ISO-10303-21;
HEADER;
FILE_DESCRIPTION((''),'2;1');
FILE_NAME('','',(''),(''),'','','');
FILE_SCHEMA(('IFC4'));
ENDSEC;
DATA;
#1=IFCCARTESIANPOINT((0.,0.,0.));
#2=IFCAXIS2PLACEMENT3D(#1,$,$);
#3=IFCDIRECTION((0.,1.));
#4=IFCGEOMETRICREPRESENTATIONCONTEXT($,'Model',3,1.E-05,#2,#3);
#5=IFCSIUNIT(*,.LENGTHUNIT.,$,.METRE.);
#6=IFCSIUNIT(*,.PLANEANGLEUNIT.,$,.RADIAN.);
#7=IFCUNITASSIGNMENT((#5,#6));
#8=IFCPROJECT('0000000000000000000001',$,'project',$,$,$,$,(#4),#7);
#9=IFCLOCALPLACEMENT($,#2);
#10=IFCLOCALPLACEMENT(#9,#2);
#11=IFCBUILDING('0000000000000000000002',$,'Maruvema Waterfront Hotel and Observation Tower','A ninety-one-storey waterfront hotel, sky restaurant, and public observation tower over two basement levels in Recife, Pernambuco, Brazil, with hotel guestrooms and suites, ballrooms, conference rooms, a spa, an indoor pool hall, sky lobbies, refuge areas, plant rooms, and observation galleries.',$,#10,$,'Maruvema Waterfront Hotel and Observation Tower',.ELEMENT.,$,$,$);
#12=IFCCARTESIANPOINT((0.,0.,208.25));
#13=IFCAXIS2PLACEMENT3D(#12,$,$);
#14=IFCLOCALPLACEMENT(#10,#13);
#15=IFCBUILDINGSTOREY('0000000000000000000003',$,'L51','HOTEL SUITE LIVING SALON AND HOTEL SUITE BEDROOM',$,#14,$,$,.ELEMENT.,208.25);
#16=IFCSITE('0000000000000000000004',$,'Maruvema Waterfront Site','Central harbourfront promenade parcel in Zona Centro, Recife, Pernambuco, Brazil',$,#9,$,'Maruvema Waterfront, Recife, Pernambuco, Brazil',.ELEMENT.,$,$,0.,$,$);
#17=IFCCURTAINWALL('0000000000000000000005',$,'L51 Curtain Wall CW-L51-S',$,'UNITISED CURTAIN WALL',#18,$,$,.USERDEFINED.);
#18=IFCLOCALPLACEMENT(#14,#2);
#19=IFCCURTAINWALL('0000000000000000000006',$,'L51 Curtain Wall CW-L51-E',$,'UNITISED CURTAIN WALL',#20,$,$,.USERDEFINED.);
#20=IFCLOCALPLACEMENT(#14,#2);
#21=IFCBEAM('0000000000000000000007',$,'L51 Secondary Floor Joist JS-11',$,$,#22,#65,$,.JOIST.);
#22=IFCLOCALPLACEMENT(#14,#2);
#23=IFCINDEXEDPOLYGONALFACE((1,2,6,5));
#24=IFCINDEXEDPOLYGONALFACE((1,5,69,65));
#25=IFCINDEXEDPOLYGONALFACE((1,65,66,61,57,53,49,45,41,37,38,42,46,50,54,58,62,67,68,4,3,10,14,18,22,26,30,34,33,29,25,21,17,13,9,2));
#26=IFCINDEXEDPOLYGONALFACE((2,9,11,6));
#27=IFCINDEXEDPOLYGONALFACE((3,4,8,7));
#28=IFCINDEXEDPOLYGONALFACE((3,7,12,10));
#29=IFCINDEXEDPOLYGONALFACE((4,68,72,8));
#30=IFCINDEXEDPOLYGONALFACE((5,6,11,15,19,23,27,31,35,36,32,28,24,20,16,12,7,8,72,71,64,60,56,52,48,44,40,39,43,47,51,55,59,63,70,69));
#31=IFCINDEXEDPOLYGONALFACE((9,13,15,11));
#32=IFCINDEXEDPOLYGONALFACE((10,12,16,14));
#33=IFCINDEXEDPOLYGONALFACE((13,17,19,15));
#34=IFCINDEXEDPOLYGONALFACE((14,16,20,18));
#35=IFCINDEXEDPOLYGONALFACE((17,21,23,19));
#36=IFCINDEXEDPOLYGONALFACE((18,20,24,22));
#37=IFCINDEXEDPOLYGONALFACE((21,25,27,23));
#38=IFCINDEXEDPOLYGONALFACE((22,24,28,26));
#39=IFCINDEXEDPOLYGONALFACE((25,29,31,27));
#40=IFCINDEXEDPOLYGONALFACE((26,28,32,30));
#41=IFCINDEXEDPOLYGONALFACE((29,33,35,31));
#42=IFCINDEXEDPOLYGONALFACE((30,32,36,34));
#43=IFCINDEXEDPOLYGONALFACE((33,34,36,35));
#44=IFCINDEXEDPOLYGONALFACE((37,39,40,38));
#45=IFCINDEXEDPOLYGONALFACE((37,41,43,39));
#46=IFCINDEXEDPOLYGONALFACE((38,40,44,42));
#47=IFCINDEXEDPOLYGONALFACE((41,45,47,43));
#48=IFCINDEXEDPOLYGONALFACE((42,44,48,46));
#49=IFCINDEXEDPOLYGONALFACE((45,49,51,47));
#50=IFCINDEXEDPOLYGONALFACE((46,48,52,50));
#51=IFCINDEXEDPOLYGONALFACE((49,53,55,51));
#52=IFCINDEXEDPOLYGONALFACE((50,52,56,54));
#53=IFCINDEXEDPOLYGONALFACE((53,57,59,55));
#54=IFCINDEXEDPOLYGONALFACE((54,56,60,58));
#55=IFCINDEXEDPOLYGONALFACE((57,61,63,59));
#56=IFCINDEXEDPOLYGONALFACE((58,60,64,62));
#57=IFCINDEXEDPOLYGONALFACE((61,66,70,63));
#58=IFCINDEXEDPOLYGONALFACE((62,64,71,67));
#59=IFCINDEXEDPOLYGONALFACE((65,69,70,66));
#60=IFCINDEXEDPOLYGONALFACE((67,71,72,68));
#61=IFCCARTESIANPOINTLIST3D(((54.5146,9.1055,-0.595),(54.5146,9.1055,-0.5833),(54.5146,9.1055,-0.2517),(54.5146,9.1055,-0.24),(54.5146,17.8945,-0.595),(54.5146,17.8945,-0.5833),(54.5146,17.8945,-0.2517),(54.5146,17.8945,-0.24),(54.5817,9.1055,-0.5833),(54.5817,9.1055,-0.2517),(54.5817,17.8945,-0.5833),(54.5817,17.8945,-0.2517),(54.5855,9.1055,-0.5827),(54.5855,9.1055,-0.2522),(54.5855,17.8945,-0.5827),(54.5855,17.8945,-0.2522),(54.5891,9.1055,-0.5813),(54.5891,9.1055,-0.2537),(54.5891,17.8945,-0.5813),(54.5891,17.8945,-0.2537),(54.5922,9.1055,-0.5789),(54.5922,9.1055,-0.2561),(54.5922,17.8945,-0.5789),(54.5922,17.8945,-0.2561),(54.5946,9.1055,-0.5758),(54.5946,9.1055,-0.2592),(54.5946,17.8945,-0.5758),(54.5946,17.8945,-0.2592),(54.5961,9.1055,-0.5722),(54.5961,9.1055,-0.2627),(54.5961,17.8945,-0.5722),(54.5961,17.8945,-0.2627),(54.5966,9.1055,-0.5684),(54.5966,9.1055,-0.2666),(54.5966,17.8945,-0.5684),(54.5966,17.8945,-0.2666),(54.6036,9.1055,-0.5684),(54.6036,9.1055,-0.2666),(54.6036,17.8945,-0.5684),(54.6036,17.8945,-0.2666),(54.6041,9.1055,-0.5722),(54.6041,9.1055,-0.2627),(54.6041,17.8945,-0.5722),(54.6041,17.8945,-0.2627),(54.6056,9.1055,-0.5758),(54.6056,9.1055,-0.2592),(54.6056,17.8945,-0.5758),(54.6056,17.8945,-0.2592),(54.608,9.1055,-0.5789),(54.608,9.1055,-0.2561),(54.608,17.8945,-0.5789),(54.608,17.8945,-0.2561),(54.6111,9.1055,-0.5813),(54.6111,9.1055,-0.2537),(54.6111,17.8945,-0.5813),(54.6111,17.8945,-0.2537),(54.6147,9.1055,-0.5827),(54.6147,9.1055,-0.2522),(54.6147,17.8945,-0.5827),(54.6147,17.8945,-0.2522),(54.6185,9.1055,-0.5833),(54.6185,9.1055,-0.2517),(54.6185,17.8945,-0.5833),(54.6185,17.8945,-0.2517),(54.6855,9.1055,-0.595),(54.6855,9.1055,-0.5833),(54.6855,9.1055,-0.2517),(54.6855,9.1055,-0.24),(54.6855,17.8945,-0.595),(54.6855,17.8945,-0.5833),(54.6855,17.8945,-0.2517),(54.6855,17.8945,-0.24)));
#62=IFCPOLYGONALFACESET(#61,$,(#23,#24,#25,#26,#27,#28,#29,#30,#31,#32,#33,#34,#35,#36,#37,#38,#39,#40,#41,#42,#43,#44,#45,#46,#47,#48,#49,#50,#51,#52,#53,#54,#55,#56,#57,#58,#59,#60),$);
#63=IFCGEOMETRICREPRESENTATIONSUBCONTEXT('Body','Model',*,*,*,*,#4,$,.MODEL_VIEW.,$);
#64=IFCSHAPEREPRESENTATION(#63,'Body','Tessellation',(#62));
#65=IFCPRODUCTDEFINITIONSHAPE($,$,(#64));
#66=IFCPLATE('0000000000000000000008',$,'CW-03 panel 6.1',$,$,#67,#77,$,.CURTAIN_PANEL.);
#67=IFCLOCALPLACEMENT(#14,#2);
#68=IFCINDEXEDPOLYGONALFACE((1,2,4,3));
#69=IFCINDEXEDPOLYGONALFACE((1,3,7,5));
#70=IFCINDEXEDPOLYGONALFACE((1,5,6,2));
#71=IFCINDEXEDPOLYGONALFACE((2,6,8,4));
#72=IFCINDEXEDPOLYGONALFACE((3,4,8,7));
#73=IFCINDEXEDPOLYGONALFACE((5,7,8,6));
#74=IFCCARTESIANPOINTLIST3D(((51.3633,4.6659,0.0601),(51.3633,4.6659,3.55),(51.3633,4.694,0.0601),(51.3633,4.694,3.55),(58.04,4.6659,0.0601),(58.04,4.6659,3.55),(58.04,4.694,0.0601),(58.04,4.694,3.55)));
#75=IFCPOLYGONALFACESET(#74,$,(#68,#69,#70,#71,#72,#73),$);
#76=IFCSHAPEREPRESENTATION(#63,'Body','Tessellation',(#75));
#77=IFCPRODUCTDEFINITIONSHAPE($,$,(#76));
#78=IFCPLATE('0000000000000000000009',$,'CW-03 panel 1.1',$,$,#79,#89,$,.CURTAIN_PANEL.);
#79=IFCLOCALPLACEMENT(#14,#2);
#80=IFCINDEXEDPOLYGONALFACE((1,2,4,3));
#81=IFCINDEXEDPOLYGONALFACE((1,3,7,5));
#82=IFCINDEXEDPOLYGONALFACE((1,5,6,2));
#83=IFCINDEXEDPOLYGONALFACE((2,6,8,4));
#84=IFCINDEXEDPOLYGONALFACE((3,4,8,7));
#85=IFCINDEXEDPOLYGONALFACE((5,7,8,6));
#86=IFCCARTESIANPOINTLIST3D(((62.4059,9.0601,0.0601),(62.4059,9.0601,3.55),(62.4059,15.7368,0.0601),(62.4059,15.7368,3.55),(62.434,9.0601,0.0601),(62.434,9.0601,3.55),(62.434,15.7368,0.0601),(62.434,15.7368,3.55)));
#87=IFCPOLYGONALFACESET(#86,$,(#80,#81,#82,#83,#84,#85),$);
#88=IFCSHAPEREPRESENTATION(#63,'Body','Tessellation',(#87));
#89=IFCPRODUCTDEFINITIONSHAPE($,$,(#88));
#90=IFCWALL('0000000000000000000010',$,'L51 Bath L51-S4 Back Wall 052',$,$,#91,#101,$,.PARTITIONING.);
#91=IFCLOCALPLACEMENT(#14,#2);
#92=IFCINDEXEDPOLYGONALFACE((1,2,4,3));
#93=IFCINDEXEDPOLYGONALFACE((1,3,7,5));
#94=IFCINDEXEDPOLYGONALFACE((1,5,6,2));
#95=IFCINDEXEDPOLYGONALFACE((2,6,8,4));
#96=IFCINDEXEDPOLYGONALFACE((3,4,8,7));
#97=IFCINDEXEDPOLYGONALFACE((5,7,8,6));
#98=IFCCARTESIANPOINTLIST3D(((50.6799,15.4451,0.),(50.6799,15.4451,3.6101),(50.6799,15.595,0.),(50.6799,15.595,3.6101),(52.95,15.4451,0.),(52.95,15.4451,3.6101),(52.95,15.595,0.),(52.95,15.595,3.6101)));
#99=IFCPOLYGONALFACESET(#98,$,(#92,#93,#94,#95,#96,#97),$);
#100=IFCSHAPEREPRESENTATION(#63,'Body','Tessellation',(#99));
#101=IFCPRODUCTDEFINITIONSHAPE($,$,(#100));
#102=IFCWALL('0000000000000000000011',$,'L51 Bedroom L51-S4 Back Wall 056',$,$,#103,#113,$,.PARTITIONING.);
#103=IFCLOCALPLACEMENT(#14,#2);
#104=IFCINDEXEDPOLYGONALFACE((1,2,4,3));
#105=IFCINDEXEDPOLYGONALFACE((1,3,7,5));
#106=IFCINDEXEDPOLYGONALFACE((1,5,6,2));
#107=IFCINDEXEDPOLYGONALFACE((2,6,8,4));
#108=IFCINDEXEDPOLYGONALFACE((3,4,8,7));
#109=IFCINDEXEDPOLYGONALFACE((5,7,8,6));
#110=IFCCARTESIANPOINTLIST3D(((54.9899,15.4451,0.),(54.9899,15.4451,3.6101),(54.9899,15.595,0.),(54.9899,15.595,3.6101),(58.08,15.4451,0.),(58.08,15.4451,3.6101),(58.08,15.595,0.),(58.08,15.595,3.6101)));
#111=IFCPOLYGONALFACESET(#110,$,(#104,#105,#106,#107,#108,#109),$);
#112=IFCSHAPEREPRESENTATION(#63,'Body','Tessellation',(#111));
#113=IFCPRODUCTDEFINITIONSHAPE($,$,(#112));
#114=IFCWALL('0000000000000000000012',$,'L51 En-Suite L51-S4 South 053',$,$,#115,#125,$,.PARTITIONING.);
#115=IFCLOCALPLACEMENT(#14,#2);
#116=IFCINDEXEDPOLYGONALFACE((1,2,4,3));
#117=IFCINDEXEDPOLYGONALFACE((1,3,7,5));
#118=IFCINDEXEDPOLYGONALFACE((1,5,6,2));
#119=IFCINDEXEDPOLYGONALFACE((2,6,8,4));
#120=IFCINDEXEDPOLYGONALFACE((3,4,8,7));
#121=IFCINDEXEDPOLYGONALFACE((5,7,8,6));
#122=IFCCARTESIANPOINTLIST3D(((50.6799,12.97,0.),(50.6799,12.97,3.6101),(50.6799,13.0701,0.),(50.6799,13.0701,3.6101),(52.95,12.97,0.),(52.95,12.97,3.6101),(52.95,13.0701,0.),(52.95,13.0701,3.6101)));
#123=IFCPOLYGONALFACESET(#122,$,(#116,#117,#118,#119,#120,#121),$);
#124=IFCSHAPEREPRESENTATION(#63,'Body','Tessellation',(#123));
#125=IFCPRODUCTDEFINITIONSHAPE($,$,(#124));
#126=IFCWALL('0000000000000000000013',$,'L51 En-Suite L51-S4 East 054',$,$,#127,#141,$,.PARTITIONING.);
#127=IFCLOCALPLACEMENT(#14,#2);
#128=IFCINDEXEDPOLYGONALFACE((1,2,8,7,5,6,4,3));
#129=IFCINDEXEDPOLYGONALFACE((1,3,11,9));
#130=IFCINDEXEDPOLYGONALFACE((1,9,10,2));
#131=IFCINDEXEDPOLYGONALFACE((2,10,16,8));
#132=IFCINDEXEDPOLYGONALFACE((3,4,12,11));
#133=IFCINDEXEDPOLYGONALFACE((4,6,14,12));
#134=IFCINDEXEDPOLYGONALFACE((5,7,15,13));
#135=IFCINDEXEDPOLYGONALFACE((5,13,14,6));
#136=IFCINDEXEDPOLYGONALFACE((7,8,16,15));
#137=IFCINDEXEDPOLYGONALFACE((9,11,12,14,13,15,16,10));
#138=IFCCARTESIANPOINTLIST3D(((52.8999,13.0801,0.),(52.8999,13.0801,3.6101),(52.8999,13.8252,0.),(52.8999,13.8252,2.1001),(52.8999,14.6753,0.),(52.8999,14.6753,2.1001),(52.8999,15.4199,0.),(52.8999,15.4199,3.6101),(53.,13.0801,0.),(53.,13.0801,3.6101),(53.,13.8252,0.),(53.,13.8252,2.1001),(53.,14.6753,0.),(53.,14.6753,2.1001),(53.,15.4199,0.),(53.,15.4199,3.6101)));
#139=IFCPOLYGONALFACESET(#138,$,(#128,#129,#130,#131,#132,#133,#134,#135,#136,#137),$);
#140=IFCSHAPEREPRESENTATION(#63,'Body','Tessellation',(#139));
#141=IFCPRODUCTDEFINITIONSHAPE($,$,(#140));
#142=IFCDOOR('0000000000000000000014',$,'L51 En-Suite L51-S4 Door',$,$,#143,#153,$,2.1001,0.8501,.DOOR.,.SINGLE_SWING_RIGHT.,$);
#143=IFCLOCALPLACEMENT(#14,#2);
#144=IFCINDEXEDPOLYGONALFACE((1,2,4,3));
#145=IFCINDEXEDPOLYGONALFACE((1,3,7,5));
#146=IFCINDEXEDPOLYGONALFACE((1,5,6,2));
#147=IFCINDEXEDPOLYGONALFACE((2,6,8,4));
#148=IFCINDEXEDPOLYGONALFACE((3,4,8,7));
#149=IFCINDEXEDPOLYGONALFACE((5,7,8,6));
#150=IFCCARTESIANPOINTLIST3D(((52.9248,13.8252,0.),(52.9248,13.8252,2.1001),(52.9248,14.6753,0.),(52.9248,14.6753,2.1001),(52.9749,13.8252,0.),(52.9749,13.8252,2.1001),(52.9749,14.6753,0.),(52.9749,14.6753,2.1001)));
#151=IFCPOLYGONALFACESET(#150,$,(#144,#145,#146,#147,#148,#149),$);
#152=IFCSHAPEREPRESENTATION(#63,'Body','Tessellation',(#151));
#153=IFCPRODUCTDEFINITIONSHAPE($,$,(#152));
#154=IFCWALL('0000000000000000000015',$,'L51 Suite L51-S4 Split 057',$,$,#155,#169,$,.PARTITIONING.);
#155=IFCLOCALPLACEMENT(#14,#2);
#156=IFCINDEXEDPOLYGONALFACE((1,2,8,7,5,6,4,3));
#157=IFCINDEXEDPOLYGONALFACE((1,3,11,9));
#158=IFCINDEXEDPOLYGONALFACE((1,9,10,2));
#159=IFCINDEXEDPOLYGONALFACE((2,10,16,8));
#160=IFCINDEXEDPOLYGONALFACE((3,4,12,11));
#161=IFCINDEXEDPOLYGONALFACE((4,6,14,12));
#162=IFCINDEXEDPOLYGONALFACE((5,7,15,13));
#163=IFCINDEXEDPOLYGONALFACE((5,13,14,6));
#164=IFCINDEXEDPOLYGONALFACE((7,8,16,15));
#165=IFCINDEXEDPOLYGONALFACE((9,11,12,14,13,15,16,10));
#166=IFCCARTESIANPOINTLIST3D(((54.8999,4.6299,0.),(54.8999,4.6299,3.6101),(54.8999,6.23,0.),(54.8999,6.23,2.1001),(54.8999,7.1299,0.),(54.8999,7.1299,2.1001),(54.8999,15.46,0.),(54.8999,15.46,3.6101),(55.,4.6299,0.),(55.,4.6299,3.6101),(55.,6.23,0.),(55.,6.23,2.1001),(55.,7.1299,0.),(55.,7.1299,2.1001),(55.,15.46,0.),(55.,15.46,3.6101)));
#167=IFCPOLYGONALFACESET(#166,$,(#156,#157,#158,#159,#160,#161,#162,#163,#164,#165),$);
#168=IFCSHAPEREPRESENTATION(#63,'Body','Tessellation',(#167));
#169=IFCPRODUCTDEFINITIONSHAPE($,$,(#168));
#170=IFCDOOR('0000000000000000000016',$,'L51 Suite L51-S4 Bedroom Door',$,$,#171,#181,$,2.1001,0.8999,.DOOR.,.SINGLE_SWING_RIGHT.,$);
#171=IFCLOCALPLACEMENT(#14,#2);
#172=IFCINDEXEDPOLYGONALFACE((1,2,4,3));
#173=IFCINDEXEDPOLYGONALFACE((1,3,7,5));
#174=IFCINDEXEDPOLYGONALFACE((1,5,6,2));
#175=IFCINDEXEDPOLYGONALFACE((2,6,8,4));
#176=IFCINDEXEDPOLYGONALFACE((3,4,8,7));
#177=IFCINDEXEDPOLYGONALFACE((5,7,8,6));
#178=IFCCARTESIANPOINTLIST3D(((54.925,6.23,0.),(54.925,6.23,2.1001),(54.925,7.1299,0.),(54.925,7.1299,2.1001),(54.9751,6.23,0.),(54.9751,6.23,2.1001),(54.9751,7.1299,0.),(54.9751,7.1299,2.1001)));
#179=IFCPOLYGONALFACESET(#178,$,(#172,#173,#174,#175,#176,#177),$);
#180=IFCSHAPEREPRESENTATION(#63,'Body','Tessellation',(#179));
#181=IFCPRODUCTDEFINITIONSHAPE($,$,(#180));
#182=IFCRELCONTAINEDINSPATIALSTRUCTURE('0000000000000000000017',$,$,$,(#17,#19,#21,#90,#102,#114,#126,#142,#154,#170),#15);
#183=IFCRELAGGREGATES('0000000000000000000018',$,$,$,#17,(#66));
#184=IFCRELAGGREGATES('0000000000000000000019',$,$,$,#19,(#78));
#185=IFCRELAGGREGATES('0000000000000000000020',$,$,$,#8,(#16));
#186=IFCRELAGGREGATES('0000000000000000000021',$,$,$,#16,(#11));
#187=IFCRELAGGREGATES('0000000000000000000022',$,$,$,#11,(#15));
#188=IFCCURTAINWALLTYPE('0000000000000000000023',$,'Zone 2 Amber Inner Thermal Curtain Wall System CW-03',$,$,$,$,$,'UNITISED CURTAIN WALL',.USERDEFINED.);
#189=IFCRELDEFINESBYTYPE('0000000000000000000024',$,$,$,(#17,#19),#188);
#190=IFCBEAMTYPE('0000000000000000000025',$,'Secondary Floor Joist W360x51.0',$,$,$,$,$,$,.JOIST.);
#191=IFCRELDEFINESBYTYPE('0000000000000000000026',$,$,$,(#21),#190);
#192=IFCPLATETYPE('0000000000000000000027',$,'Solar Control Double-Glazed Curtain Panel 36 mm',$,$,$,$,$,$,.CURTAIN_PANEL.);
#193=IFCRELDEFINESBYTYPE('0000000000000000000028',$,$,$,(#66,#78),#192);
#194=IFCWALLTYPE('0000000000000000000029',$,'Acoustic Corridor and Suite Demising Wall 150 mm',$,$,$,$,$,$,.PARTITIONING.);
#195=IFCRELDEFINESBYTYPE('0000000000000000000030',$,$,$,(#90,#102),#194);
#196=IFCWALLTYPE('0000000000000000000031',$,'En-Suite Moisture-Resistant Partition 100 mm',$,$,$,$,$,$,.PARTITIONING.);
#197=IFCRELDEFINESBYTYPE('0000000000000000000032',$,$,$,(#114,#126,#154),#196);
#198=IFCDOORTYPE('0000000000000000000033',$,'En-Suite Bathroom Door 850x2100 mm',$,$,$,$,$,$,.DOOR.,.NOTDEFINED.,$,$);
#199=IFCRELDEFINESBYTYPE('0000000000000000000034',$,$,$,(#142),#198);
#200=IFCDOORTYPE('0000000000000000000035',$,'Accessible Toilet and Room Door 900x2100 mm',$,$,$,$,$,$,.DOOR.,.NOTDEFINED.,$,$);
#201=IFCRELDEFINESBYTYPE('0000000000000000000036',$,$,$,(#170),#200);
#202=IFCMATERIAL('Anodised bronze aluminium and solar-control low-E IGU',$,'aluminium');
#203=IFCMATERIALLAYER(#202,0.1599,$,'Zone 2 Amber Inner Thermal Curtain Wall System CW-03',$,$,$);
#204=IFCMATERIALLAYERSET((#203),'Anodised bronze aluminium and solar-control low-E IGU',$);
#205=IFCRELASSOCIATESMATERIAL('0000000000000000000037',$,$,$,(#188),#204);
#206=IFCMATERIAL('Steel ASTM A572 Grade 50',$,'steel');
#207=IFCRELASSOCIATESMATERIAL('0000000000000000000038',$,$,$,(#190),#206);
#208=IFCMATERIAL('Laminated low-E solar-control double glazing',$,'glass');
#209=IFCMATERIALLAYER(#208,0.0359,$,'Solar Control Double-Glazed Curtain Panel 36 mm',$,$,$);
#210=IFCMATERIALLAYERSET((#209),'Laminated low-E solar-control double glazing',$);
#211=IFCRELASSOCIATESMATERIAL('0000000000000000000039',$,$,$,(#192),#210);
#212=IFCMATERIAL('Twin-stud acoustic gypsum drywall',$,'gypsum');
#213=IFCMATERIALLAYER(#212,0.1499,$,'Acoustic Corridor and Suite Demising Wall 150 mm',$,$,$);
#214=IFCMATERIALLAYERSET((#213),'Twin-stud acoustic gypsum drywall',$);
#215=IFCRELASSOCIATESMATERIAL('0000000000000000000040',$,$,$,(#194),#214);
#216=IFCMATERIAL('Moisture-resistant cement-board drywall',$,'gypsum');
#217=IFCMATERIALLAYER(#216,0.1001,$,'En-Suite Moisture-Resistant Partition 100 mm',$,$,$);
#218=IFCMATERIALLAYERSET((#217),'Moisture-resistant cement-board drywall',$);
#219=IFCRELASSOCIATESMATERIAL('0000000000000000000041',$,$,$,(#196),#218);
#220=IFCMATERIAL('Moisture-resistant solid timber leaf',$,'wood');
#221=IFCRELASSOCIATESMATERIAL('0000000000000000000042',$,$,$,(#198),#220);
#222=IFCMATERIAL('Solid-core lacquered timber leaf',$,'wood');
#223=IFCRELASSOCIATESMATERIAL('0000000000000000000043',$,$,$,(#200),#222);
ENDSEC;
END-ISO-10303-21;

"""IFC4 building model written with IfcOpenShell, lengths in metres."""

from ifc_helpers import new_model, si_unit, direction, frame, frame_2d, origin, origin_2d, place, context, subcontext, project, spatial, rectangle, i_section, extrude, material, layer, layer_set, material_profile, profile_set, type_object, element, fill, aggregate, save


model = new_model("IFC4")

# Units and contexts
model_context = context("Model", 3, precision=1e-05, world=origin(), true_north=direction((0.0, 1.0)))
body_context = subcontext(model_context, "Body", "Model", "MODEL_VIEW")
ifc_project = project(units=[si_unit("LENGTHUNIT", "METRE"), si_unit("PLANEANGLEUNIT", "RADIAN")], contexts=[model_context])

# Site, building, storey
site_placement = place(None, origin())
site = spatial("IfcSite", under=ifc_project, at=site_placement, Name="Maruvema Waterfront Site", Description="Central harbourfront promenade parcel in Zona Centro, Recife, Pernambuco, Brazil", LongName="Maruvema Waterfront, Recife, Pernambuco, Brazil", CompositionType="ELEMENT", RefElevation=0.0)
building_placement = place(site_placement, origin())
building = spatial("IfcBuilding", under=site, at=building_placement, Name="Maruvema Waterfront Hotel and Observation Tower", Description="A ninety-one-storey waterfront hotel, sky restaurant, and public observation tower over two basement levels in Recife, Pernambuco, Brazil, with hotel guestrooms and suites, ballrooms, conference rooms, a spa, an indoor pool hall, sky lobbies, refuge areas, plant rooms, and observation galleries.", LongName="Maruvema Waterfront Hotel and Observation Tower", CompositionType="ELEMENT")
storey_placement = place(building_placement, frame((0.0, 0.0, 208.25)))
storey = spatial("IfcBuildingStorey", under=building, at=storey_placement, Name="L51", Description="HOTEL SUITE LIVING SALON AND HOTEL SUITE BEDROOM", CompositionType="ELEMENT", Elevation=208.25)

# Curtain walls
ifc_material_1 = material(Name="Anodised bronze aluminium and solar-control low-E IGU", Category="aluminium")
ifc_layer_1 = layer(ifc_material_1, 0.1599, Name="Zone 2 Amber Inner Thermal Curtain Wall System CW-03")
ifc_layer_set_1 = layer_set([ifc_layer_1], Name="Anodised bronze aluminium and solar-control low-E IGU")
curtain_wall_type = type_object("IfcCurtainWallType", Name="Zone 2 Amber Inner Thermal Curtain Wall System CW-03", ElementType="UNITISED CURTAIN WALL", PredefinedType="USERDEFINED", material=ifc_layer_set_1)
curtain_wall_1_placement = place(storey_placement, origin())
curtain_wall_1 = element("IfcCurtainWall", 1, at=curtain_wall_1_placement, inside=storey, type_object=curtain_wall_type, Name="L51 Curtain Wall CW-L51-S", ObjectType="UNITISED CURTAIN WALL", PredefinedType="USERDEFINED")
curtain_wall_2_placement = place(storey_placement, origin())
curtain_wall_2 = element("IfcCurtainWall", 2, at=curtain_wall_2_placement, inside=storey, type_object=curtain_wall_type, Name="L51 Curtain Wall CW-L51-E", ObjectType="UNITISED CURTAIN WALL", PredefinedType="USERDEFINED")

# Beam
ifc_material_2 = material(Name="Steel ASTM A572 Grade 50", Category="steel")
ifc_material_profile_1 = material_profile(ifc_material_2, i_section(OverallWidth=0.1709, OverallDepth=0.355, WebThickness=0.0071, FlangeThickness=0.0117, FilletRadius=0.0149, at=origin_2d()), Name="W360x51.0")
ifc_profile_set_1 = profile_set([ifc_material_profile_1], Name="Steel ASTM A572 Grade 50")
beam_type_1 = type_object("IfcBeamType", Name="Secondary Floor Joist W360x51.0", PredefinedType="JOIST", material=ifc_profile_set_1)
beam_1_placement = place(storey_placement, frame((54.6001, 9.1055, -0.4175), z_axis=(0.0, 1.0, 0.0), x_axis=(-1.0, 0.0, 0.0)))
element("IfcBeam", 3, at=beam_1_placement, inside=storey, type_object=beam_type_1, Name="L51 Secondary Floor Joist JS-11", PredefinedType="JOIST", context=body_context, shape_type="SweptSolid", body=[
    extrude(i_section(OverallWidth=0.1709, OverallDepth=0.355, WebThickness=0.0071, FlangeThickness=0.0117, FilletRadius=0.0149, at=origin_2d()), origin(), (0.0, 0.0, 1.0), 8.7891),
])

# Plates
ifc_material_3 = material(Name="Laminated low-E solar-control double glazing", Category="glass")
ifc_layer_2 = layer(ifc_material_3, 0.0359, Name="Solar Control Double-Glazed Curtain Panel 36 mm")
ifc_layer_set_2 = layer_set([ifc_layer_2], Name="Laminated low-E solar-control double glazing")
plate_type = type_object("IfcPlateType", Name="Solar Control Double-Glazed Curtain Panel 36 mm", PredefinedType="CURTAIN_PANEL", material=ifc_layer_set_2)
plate_1_placement = place(storey_placement, frame((54.7017, 4.6799, 0.0601), z_axis=(0.0, 0.0, 1.0), x_axis=(1.0, 0.0, 0.0)))
plate_1 = element("IfcPlate", 4, at=plate_1_placement, type_object=plate_type, Name="CW-03 panel 6.1", PredefinedType="CURTAIN_PANEL", context=body_context, shape_type="SweptSolid", body=[
    extrude(rectangle(XDim=6.6768, YDim=0.0281, at=origin_2d()), origin(), (0.0, 0.0, 1.0), 3.49),
])
aggregate(curtain_wall_1, [plate_1])
plate_2_placement = place(storey_placement, frame((62.4199, 12.3984, 0.0601), z_axis=(0.0, 0.0, 1.0), x_axis=(0.0, 1.0, 0.0)))
plate_2 = element("IfcPlate", 5, at=plate_2_placement, type_object=plate_type, Name="CW-03 panel 1.1", PredefinedType="CURTAIN_PANEL", context=body_context, shape_type="SweptSolid", body=[
    extrude(rectangle(XDim=6.6768, YDim=0.0281, at=origin_2d()), origin(), (0.0, 0.0, 1.0), 3.49),
])
aggregate(curtain_wall_2, [plate_2])

# Wall
ifc_material_4 = material(Name="Twin-stud acoustic gypsum drywall", Category="gypsum")
ifc_layer_3 = layer(ifc_material_4, 0.1499, Name="Acoustic Corridor and Suite Demising Wall 150 mm")
ifc_layer_set_3 = layer_set([ifc_layer_3], Name="Twin-stud acoustic gypsum drywall")
wall_type_1 = type_object("IfcWallType", Name="Acoustic Corridor and Suite Demising Wall 150 mm", PredefinedType="PARTITIONING", material=ifc_layer_set_3)
wall_1_placement = place(storey_placement, frame((50.6799, 15.52, 0.0), z_axis=(0.0, 0.0, 1.0), x_axis=(1.0, 0.0, 0.0)))
element("IfcWall", 6, at=wall_1_placement, inside=storey, type_object=wall_type_1, Name="L51 Bath L51-S4 Back Wall 052", PredefinedType="PARTITIONING", context=body_context, shape_type="SweptSolid", body=[
    extrude(rectangle(XDim=2.27, YDim=0.1499, at=frame_2d((1.135, 0.0))), origin(), (0.0, 0.0, 1.0), 3.6101),
])

# Walls
wall_2_placement = place(storey_placement, frame((54.99, 15.52, 0.0), z_axis=(0.0, 0.0, 1.0), x_axis=(1.0, 0.0, 0.0)))
element("IfcWall", 7, at=wall_2_placement, inside=storey, type_object=wall_type_1, Name="L51 Bedroom L51-S4 Back Wall 056", PredefinedType="PARTITIONING", context=body_context, shape_type="SweptSolid", body=[
    extrude(rectangle(XDim=3.0901, YDim=0.1499, at=frame_2d((1.5449, 0.0))), origin(), (0.0, 0.0, 1.0), 3.6101),
])
ifc_material_5 = material(Name="Moisture-resistant cement-board drywall", Category="gypsum")
ifc_layer_4 = layer(ifc_material_5, 0.1001, Name="En-Suite Moisture-Resistant Partition 100 mm")
ifc_layer_set_4 = layer_set([ifc_layer_4], Name="Moisture-resistant cement-board drywall")
wall_type_2 = type_object("IfcWallType", Name="En-Suite Moisture-Resistant Partition 100 mm", PredefinedType="PARTITIONING", material=ifc_layer_set_4)
wall_3_placement = place(storey_placement, frame((50.6799, 13.02, 0.0), z_axis=(0.0, 0.0, 1.0), x_axis=(1.0, 0.0, 0.0)))
element("IfcWall", 8, at=wall_3_placement, inside=storey, type_object=wall_type_2, Name="L51 En-Suite L51-S4 South 053", PredefinedType="PARTITIONING", context=body_context, shape_type="SweptSolid", body=[
    extrude(rectangle(XDim=2.27, YDim=0.1001, at=frame_2d((1.135, 0.0))), origin(), (0.0, 0.0, 1.0), 3.6101),
])

# Walls, openings, doors
wall_4_placement = place(storey_placement, frame((52.95, 13.0801, 0.0), z_axis=(0.0, 0.0, 1.0), x_axis=(0.0, 1.0, 0.0)))
wall_4 = element("IfcWall", 9, at=wall_4_placement, inside=storey, type_object=wall_type_2, Name="L51 En-Suite L51-S4 East 054", PredefinedType="PARTITIONING", context=body_context, shape_type="SweptSolid", body=[
    extrude(rectangle(XDim=2.3398, YDim=0.1001, at=frame_2d((1.1699, 0.0))), origin(), (0.0, 0.0, 1.0), 3.6101),
])
opening_1_placement = place(wall_4_placement, frame((0.7451, 0.0, 0.0)))
opening_1 = element("IfcOpeningElement", 10, at=opening_1_placement, cuts=wall_4, PredefinedType="OPENING", context=body_context, shape_type="SweptSolid", body=[
    extrude(rectangle(XDim=0.8501, YDim=2.1001, at=frame_2d((0.425, 1.05))), frame((0.0, 0.0601, 0.0), z_axis=(0.0, -1.0, 0.0), x_axis=(1.0, 0.0, 0.0)), (0.0, 0.0, 1.0), 0.1201),
])
ifc_material_6 = material(Name="Moisture-resistant solid timber leaf", Category="wood")
door_type_1 = type_object("IfcDoorType", Name="En-Suite Bathroom Door 850x2100 mm", OperationType="NOTDEFINED", PredefinedType="DOOR", material=ifc_material_6)
door_1_placement = place(opening_1_placement, frame((0.8501, 0.0, 0.0), z_axis=(0.0, 0.0, 1.0), x_axis=(-1.0, 0.0, 0.0)))
door_1 = element("IfcDoor", 11, at=door_1_placement, inside=storey, type_object=door_type_1, Name="L51 En-Suite L51-S4 Door", OperationType="SINGLE_SWING_RIGHT", OverallHeight=2.1001, OverallWidth=0.8501, PredefinedType="DOOR", context=body_context, shape_type="SweptSolid", body=[
    extrude(rectangle(XDim=0.8501, YDim=2.1001, at=frame_2d((0.425, 1.05))), frame((0.0, 0.0249, 0.0), z_axis=(0.0, -1.0, 0.0), x_axis=(1.0, 0.0, 0.0)), (0.0, 0.0, 1.0), 0.05),
])
fill(opening_1, door_1)
wall_5_placement = place(storey_placement, frame((54.95, 4.6299, 0.0), z_axis=(0.0, 0.0, 1.0), x_axis=(0.0, 1.0, 0.0)))
wall_5 = element("IfcWall", 12, at=wall_5_placement, inside=storey, type_object=wall_type_2, Name="L51 Suite L51-S4 Split 057", PredefinedType="PARTITIONING", context=body_context, shape_type="SweptSolid", body=[
    extrude(rectangle(XDim=10.8301, YDim=0.1001, at=frame_2d((5.415, 0.0))), origin(), (0.0, 0.0, 1.0), 3.6101),
])
opening_2_placement = place(wall_5_placement, frame((1.6001, 0.0, 0.0)))
opening_2 = element("IfcOpeningElement", 13, at=opening_2_placement, cuts=wall_5, PredefinedType="OPENING", context=body_context, shape_type="SweptSolid", body=[
    extrude(rectangle(XDim=0.8999, YDim=2.1001, at=frame_2d((0.45, 1.05))), frame((0.0, 0.0601, 0.0), z_axis=(0.0, -1.0, 0.0), x_axis=(1.0, 0.0, 0.0)), (0.0, 0.0, 1.0), 0.1201),
])
ifc_material_7 = material(Name="Solid-core lacquered timber leaf", Category="wood")
door_type_2 = type_object("IfcDoorType", Name="Accessible Toilet and Room Door 900x2100 mm", OperationType="NOTDEFINED", PredefinedType="DOOR", material=ifc_material_7)
door_2_placement = place(opening_2_placement, origin())
door_2 = element("IfcDoor", 14, at=door_2_placement, inside=storey, type_object=door_type_2, Name="L51 Suite L51-S4 Bedroom Door", OperationType="SINGLE_SWING_RIGHT", OverallHeight=2.1001, OverallWidth=0.8999, PredefinedType="DOOR", context=body_context, shape_type="SweptSolid", body=[
    extrude(rectangle(XDim=0.8999, YDim=2.1001, at=frame_2d((0.45, 1.05))), frame((0.0, 0.0249, 0.0), z_axis=(0.0, -1.0, 0.0), x_axis=(1.0, 0.0, 0.0)), (0.0, 0.0, 1.0), 0.05),
])
fill(opening_2, door_2)

save(model, "model.ifc")
